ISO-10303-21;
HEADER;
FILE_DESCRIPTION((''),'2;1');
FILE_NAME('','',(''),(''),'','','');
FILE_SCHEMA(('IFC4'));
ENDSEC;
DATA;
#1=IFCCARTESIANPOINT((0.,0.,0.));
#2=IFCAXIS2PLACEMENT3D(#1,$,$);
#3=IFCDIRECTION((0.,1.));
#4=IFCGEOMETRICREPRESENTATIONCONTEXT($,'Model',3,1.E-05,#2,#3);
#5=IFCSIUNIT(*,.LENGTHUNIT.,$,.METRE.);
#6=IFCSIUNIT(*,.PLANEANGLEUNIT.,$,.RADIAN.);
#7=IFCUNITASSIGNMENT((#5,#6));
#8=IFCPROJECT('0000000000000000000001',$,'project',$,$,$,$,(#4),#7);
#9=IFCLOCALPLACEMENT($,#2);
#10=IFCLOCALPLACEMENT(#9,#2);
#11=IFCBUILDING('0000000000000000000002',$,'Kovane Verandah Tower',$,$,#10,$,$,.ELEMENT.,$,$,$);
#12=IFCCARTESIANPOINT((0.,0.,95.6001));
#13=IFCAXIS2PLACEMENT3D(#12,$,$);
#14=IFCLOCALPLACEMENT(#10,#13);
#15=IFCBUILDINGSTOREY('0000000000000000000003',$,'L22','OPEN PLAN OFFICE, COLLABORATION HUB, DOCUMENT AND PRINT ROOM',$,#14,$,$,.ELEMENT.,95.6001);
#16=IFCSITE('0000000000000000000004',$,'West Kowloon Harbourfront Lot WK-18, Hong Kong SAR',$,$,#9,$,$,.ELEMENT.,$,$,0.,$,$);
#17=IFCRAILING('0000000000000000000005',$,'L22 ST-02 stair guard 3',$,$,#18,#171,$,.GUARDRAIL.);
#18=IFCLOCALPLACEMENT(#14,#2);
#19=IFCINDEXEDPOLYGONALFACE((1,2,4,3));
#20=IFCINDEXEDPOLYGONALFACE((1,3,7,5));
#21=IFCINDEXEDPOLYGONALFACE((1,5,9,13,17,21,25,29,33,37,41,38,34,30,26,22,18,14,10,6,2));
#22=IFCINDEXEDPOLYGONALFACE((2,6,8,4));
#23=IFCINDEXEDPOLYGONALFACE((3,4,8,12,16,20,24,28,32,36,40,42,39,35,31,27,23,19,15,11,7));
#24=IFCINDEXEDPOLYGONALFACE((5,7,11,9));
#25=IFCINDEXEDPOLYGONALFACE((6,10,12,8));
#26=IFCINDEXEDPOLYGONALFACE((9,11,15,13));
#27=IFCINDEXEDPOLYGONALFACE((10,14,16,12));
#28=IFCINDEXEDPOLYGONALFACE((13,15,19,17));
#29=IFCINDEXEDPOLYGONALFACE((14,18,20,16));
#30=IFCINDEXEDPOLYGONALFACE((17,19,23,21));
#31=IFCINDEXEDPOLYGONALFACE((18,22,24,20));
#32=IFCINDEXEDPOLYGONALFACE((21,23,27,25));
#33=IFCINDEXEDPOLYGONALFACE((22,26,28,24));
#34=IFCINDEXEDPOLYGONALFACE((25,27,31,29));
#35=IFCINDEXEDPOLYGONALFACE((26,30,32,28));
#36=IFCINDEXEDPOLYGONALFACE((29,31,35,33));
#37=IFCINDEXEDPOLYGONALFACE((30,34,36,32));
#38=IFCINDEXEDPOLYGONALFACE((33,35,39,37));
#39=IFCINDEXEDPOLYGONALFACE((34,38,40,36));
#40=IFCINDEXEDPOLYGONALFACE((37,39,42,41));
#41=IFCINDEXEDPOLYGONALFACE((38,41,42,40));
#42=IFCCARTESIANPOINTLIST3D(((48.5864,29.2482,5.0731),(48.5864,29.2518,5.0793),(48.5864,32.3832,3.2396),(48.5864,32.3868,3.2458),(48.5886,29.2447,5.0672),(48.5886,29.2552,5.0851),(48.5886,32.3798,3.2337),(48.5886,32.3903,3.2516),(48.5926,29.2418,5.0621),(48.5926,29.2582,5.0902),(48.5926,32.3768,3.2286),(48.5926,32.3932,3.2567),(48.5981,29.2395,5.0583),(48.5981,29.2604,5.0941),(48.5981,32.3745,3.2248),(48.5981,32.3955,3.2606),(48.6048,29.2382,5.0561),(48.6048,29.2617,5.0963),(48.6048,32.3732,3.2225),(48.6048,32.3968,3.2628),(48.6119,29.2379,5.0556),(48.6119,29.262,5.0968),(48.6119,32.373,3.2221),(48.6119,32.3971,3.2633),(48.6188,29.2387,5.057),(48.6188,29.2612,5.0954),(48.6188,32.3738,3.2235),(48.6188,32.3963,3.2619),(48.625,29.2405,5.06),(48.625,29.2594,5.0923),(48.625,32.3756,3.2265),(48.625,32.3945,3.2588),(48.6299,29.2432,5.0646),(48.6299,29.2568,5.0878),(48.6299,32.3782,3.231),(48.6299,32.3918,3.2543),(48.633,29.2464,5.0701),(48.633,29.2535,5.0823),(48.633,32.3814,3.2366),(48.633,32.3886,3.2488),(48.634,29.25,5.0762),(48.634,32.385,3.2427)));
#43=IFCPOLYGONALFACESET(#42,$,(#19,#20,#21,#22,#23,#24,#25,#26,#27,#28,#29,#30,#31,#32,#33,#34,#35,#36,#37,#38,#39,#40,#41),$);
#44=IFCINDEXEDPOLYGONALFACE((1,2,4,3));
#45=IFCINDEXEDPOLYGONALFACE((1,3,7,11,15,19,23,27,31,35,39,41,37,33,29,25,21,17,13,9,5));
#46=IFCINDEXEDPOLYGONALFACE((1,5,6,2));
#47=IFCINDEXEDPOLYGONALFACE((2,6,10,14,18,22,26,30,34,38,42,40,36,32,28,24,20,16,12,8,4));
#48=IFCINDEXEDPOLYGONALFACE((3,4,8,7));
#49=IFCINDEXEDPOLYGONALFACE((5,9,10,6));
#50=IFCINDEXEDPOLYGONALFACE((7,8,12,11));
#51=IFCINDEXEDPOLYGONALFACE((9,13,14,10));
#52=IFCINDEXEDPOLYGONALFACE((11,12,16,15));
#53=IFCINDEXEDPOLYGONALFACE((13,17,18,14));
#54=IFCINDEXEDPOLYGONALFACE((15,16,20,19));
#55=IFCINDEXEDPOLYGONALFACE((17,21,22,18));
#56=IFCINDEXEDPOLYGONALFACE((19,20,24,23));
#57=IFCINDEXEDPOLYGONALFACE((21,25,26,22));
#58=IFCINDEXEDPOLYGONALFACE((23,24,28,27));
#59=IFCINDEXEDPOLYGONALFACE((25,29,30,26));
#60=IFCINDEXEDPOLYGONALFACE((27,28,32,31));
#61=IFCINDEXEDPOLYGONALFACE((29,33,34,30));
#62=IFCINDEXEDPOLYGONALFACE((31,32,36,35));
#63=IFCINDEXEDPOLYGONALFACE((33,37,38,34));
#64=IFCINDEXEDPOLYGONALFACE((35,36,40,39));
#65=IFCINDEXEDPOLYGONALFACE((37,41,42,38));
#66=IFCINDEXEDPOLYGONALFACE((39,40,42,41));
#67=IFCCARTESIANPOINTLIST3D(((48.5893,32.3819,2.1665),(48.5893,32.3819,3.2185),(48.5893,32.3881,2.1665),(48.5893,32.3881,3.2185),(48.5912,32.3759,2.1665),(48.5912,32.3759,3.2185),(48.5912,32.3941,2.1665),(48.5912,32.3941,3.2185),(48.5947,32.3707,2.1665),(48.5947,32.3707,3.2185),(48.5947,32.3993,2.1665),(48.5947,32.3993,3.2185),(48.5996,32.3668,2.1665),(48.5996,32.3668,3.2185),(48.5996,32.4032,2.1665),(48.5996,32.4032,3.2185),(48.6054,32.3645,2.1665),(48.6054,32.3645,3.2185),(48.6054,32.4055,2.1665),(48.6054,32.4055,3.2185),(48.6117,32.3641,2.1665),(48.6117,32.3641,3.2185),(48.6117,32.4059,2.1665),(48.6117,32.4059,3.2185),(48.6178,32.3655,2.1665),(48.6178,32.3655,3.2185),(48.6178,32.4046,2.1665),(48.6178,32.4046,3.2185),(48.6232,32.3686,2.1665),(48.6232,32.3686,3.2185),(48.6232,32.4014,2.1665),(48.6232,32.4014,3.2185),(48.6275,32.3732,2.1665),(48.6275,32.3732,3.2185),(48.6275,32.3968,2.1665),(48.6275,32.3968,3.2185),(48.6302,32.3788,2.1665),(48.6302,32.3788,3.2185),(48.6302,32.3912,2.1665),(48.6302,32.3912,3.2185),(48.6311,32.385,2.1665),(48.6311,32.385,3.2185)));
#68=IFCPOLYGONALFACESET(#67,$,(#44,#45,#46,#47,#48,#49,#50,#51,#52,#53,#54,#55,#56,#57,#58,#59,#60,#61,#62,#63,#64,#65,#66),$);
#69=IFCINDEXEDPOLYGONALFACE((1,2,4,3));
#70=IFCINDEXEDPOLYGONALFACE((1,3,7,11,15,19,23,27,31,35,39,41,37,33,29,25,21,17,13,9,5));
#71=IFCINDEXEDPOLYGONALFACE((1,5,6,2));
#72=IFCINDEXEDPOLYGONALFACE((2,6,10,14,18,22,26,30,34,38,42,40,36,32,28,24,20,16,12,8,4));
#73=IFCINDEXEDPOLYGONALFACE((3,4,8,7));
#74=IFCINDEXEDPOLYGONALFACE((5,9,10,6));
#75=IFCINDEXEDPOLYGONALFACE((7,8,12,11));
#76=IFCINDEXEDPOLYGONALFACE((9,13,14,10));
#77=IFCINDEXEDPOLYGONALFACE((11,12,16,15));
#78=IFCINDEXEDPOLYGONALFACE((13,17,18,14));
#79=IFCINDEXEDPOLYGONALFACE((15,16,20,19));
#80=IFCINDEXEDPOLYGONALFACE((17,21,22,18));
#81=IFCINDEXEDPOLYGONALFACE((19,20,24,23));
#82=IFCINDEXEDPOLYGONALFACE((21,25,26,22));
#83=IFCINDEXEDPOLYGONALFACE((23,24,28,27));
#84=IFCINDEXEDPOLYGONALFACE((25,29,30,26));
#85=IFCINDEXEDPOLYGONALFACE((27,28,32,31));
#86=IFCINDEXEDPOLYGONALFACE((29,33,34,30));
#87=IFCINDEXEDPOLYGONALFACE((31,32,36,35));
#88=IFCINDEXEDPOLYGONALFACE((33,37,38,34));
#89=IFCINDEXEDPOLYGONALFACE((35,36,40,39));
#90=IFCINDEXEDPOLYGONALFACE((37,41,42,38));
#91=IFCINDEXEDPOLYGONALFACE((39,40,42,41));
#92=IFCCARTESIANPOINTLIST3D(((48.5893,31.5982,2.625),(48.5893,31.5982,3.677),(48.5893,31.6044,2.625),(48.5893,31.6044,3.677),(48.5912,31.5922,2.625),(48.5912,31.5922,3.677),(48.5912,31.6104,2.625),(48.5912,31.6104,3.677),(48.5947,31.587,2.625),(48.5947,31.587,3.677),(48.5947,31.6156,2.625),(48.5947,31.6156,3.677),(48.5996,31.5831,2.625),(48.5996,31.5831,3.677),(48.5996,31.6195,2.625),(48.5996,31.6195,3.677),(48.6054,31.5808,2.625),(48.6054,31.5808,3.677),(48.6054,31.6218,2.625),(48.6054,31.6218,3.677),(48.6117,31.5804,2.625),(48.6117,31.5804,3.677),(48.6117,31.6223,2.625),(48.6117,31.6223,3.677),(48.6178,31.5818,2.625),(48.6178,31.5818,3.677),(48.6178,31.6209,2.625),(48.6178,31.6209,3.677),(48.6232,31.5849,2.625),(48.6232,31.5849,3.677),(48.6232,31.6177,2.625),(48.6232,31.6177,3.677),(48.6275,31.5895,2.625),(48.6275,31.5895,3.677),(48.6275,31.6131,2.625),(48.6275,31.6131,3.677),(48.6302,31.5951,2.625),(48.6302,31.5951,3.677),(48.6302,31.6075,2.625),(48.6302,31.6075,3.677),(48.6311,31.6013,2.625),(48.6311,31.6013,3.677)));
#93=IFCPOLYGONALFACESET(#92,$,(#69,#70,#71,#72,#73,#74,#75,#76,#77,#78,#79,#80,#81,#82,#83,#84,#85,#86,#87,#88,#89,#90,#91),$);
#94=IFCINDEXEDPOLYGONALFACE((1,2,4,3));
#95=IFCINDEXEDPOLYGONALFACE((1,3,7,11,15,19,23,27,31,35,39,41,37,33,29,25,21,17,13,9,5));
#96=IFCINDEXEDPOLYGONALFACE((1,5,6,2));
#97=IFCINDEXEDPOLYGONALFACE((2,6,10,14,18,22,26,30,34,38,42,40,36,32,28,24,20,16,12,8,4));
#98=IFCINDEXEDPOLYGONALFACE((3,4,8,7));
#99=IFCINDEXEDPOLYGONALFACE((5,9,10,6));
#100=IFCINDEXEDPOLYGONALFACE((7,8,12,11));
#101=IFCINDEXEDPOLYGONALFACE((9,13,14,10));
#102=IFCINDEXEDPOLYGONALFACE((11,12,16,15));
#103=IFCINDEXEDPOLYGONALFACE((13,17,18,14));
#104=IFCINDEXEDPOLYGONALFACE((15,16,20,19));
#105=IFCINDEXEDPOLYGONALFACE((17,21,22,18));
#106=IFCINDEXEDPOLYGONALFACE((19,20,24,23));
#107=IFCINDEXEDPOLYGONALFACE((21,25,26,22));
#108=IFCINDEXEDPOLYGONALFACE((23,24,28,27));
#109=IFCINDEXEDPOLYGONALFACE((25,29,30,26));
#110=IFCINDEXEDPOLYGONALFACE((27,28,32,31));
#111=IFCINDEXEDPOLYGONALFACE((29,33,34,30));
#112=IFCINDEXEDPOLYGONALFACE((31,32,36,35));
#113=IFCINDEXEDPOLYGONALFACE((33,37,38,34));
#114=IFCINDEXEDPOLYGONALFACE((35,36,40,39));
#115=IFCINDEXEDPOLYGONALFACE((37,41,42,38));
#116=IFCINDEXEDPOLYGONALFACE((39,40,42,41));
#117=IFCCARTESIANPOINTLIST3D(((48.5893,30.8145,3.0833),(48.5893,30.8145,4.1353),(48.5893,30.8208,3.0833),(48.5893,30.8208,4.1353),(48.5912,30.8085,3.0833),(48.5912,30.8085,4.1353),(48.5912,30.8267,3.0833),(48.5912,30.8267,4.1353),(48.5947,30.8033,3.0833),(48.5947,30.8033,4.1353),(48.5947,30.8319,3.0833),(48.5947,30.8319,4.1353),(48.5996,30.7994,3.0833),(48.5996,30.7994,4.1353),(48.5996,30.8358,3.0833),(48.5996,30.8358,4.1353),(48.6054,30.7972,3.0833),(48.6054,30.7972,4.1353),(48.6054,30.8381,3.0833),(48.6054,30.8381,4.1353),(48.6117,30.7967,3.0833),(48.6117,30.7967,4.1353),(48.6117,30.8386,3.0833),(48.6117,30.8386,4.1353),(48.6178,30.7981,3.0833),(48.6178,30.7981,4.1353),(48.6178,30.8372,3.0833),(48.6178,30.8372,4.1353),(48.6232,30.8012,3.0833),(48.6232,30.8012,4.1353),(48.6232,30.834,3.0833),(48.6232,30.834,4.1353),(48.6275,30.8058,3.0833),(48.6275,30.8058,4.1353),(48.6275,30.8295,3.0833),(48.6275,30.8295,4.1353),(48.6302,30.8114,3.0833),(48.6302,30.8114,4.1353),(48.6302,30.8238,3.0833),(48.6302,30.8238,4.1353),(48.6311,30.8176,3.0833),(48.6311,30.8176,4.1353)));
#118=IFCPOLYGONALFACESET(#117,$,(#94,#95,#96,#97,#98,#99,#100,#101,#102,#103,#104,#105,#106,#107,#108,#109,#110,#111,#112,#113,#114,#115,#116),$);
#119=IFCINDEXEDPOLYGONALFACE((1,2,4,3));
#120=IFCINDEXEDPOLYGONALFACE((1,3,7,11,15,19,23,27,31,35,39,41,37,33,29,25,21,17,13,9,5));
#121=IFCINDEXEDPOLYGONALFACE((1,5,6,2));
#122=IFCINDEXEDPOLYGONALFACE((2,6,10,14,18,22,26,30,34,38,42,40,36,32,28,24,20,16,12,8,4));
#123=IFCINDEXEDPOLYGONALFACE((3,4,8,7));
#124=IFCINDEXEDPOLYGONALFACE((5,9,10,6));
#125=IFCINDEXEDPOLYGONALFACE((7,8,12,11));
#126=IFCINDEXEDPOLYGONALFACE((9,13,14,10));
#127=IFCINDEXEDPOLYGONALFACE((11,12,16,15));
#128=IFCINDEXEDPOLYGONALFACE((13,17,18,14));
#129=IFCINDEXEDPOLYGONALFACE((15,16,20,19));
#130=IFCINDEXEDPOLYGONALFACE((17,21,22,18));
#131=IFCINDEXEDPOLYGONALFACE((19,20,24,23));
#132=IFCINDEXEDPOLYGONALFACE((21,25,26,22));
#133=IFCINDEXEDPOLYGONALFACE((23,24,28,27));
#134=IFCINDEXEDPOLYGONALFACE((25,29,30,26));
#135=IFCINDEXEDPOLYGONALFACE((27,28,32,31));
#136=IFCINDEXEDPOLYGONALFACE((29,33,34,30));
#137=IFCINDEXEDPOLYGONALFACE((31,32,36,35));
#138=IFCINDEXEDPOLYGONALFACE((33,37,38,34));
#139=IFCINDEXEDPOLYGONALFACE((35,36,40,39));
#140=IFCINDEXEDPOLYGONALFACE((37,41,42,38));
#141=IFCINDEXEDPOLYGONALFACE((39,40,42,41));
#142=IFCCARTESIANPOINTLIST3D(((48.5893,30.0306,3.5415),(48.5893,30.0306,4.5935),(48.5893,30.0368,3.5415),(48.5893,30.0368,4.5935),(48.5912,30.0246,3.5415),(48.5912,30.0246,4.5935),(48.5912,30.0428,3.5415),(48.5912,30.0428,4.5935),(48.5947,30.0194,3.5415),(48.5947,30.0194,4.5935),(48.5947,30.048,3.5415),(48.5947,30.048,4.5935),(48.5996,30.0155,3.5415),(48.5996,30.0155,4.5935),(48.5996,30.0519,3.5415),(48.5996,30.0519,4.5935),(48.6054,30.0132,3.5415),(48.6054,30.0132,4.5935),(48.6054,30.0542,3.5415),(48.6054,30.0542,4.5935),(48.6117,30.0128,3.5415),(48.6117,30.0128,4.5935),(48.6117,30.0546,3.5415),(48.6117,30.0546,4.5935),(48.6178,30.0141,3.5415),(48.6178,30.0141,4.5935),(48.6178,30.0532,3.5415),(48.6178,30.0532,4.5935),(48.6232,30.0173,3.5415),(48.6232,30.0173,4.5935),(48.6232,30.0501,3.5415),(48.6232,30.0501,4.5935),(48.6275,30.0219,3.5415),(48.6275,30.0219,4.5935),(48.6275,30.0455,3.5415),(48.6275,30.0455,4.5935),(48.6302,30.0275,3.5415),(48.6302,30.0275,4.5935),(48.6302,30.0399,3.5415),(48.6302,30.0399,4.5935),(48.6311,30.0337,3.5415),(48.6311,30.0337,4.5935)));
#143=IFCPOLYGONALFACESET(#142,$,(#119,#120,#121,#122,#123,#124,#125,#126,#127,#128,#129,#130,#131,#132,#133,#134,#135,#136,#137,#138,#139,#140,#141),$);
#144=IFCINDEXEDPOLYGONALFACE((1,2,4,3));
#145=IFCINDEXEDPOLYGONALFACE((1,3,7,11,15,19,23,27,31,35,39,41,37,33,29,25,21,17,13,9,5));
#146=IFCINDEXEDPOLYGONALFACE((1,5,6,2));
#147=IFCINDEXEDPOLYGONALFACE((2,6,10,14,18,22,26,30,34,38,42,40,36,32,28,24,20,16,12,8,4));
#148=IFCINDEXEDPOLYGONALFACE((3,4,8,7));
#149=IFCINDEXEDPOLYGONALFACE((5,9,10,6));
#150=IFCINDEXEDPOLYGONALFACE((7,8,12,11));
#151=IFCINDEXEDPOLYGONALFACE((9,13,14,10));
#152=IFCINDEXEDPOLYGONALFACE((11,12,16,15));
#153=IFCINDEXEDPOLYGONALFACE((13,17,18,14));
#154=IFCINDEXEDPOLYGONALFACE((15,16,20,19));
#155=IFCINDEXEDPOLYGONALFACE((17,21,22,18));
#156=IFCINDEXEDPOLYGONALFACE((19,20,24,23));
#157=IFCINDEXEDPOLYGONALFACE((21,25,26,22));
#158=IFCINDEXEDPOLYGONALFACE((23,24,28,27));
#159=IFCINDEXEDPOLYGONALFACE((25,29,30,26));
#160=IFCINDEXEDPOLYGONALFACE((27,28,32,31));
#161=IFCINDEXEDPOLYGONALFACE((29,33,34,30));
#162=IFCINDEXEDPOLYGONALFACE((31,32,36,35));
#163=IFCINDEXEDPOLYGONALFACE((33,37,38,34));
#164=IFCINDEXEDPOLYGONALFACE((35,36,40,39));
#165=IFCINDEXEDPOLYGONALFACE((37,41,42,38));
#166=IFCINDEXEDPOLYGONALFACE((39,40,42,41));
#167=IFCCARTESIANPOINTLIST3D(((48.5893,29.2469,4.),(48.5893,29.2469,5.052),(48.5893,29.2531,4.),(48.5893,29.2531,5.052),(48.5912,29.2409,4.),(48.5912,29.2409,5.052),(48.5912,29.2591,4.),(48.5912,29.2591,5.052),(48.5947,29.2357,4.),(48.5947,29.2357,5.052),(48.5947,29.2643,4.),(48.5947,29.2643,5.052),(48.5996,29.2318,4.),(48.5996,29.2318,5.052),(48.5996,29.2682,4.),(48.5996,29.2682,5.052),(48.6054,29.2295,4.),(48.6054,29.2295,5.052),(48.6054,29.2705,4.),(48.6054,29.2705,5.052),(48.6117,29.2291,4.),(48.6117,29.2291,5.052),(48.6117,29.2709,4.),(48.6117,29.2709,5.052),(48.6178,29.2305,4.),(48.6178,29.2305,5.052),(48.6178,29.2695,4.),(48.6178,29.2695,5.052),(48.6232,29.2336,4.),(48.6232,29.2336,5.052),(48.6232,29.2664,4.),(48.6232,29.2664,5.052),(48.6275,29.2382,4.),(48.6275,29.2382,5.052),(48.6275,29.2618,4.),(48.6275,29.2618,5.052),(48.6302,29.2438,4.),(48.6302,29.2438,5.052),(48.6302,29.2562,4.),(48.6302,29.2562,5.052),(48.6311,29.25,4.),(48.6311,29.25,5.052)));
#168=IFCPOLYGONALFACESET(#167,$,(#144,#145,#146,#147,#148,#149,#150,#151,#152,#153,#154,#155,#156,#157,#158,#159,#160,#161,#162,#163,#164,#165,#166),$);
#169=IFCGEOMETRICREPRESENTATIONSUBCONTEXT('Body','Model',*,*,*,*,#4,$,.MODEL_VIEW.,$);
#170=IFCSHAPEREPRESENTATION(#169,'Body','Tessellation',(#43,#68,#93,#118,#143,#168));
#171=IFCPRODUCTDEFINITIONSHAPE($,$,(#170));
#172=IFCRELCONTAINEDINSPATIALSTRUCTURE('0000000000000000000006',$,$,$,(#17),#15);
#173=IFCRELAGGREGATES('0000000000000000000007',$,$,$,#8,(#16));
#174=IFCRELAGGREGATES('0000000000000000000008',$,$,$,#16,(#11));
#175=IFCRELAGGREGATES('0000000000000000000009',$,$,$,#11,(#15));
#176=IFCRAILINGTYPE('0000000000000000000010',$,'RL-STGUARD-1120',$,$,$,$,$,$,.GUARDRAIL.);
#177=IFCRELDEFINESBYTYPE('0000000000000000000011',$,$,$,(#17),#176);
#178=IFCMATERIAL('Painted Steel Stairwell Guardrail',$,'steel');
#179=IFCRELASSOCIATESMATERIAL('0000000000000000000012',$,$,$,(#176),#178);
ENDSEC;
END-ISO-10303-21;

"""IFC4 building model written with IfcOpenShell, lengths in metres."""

from ifc_helpers import new_model, si_unit, direction, frame, origin, origin_2d, place, context, subcontext, project, spatial, circle, extrude, material, type_object, element, save


model = new_model("IFC4")

# Units and contexts
model_context = context("Model", 3, precision=1e-05, world=origin(), true_north=direction((0.0, 1.0)))
body_context = subcontext(model_context, "Body", "Model", "MODEL_VIEW")
ifc_project = project(units=[si_unit("LENGTHUNIT", "METRE"), si_unit("PLANEANGLEUNIT", "RADIAN")], contexts=[model_context])

# Site, building, storey
site_placement = place(None, origin())
site = spatial("IfcSite", under=ifc_project, at=site_placement, Name="West Kowloon Harbourfront Lot WK-18, Hong Kong SAR", CompositionType="ELEMENT", RefElevation=0.0)
building_placement = place(site_placement, origin())
building = spatial("IfcBuilding", under=site, at=building_placement, Name="Kovane Verandah Tower", CompositionType="ELEMENT")
storey_placement = place(building_placement, frame((0.0, 0.0, 95.6001)))
storey = spatial("IfcBuildingStorey", under=building, at=storey_placement, Name="L22", Description="OPEN PLAN OFFICE, COLLABORATION HUB, DOCUMENT AND PRINT ROOM", CompositionType="ELEMENT", Elevation=95.6001)

# Railing
ifc_material_1 = material(Name="Painted Steel Stairwell Guardrail", Category="steel")
railing_type_1 = type_object("IfcRailingType", Name="RL-STGUARD-1120", PredefinedType="GUARDRAIL", material=ifc_material_1)
railing_1_placement = place(storey_placement, frame((48.6101, 32.385, 2.1665)))
element("IfcRailing", 1, at=railing_1_placement, inside=storey, type_object=railing_type_1, Name="L22 ST-02 stair guard 3", PredefinedType="GUARDRAIL", context=body_context, shape_type="SweptSolid", body=[
    extrude(circle(Radius=0.0239, at=origin_2d()), frame((0.0, 0.0, 1.0762), z_axis=(0.0, -0.86321, 0.504845), x_axis=(1.0, 0.0, 0.0)), (0.0, 0.0, 1.0), 3.6318),
    extrude(circle(Radius=0.021, at=origin_2d()), origin(), (0.0, 0.0, 1.0), 1.052),
    extrude(circle(Radius=0.021, at=origin_2d()), frame((0.0, -0.7837, 0.4585)), (0.0, 0.0, 1.0), 1.052),
    extrude(circle(Radius=0.021, at=origin_2d()), frame((0.0, -1.5674, 0.9167)), (0.0, 0.0, 1.0), 1.052),
    extrude(circle(Radius=0.021, at=origin_2d()), frame((0.0, -2.3513, 1.375)), (0.0, 0.0, 1.0), 1.052),
    extrude(circle(Radius=0.021, at=origin_2d()), frame((0.0, -3.135, 1.8335)), (0.0, 0.0, 1.0), 1.052),
])

save(model, "model.ifc")
